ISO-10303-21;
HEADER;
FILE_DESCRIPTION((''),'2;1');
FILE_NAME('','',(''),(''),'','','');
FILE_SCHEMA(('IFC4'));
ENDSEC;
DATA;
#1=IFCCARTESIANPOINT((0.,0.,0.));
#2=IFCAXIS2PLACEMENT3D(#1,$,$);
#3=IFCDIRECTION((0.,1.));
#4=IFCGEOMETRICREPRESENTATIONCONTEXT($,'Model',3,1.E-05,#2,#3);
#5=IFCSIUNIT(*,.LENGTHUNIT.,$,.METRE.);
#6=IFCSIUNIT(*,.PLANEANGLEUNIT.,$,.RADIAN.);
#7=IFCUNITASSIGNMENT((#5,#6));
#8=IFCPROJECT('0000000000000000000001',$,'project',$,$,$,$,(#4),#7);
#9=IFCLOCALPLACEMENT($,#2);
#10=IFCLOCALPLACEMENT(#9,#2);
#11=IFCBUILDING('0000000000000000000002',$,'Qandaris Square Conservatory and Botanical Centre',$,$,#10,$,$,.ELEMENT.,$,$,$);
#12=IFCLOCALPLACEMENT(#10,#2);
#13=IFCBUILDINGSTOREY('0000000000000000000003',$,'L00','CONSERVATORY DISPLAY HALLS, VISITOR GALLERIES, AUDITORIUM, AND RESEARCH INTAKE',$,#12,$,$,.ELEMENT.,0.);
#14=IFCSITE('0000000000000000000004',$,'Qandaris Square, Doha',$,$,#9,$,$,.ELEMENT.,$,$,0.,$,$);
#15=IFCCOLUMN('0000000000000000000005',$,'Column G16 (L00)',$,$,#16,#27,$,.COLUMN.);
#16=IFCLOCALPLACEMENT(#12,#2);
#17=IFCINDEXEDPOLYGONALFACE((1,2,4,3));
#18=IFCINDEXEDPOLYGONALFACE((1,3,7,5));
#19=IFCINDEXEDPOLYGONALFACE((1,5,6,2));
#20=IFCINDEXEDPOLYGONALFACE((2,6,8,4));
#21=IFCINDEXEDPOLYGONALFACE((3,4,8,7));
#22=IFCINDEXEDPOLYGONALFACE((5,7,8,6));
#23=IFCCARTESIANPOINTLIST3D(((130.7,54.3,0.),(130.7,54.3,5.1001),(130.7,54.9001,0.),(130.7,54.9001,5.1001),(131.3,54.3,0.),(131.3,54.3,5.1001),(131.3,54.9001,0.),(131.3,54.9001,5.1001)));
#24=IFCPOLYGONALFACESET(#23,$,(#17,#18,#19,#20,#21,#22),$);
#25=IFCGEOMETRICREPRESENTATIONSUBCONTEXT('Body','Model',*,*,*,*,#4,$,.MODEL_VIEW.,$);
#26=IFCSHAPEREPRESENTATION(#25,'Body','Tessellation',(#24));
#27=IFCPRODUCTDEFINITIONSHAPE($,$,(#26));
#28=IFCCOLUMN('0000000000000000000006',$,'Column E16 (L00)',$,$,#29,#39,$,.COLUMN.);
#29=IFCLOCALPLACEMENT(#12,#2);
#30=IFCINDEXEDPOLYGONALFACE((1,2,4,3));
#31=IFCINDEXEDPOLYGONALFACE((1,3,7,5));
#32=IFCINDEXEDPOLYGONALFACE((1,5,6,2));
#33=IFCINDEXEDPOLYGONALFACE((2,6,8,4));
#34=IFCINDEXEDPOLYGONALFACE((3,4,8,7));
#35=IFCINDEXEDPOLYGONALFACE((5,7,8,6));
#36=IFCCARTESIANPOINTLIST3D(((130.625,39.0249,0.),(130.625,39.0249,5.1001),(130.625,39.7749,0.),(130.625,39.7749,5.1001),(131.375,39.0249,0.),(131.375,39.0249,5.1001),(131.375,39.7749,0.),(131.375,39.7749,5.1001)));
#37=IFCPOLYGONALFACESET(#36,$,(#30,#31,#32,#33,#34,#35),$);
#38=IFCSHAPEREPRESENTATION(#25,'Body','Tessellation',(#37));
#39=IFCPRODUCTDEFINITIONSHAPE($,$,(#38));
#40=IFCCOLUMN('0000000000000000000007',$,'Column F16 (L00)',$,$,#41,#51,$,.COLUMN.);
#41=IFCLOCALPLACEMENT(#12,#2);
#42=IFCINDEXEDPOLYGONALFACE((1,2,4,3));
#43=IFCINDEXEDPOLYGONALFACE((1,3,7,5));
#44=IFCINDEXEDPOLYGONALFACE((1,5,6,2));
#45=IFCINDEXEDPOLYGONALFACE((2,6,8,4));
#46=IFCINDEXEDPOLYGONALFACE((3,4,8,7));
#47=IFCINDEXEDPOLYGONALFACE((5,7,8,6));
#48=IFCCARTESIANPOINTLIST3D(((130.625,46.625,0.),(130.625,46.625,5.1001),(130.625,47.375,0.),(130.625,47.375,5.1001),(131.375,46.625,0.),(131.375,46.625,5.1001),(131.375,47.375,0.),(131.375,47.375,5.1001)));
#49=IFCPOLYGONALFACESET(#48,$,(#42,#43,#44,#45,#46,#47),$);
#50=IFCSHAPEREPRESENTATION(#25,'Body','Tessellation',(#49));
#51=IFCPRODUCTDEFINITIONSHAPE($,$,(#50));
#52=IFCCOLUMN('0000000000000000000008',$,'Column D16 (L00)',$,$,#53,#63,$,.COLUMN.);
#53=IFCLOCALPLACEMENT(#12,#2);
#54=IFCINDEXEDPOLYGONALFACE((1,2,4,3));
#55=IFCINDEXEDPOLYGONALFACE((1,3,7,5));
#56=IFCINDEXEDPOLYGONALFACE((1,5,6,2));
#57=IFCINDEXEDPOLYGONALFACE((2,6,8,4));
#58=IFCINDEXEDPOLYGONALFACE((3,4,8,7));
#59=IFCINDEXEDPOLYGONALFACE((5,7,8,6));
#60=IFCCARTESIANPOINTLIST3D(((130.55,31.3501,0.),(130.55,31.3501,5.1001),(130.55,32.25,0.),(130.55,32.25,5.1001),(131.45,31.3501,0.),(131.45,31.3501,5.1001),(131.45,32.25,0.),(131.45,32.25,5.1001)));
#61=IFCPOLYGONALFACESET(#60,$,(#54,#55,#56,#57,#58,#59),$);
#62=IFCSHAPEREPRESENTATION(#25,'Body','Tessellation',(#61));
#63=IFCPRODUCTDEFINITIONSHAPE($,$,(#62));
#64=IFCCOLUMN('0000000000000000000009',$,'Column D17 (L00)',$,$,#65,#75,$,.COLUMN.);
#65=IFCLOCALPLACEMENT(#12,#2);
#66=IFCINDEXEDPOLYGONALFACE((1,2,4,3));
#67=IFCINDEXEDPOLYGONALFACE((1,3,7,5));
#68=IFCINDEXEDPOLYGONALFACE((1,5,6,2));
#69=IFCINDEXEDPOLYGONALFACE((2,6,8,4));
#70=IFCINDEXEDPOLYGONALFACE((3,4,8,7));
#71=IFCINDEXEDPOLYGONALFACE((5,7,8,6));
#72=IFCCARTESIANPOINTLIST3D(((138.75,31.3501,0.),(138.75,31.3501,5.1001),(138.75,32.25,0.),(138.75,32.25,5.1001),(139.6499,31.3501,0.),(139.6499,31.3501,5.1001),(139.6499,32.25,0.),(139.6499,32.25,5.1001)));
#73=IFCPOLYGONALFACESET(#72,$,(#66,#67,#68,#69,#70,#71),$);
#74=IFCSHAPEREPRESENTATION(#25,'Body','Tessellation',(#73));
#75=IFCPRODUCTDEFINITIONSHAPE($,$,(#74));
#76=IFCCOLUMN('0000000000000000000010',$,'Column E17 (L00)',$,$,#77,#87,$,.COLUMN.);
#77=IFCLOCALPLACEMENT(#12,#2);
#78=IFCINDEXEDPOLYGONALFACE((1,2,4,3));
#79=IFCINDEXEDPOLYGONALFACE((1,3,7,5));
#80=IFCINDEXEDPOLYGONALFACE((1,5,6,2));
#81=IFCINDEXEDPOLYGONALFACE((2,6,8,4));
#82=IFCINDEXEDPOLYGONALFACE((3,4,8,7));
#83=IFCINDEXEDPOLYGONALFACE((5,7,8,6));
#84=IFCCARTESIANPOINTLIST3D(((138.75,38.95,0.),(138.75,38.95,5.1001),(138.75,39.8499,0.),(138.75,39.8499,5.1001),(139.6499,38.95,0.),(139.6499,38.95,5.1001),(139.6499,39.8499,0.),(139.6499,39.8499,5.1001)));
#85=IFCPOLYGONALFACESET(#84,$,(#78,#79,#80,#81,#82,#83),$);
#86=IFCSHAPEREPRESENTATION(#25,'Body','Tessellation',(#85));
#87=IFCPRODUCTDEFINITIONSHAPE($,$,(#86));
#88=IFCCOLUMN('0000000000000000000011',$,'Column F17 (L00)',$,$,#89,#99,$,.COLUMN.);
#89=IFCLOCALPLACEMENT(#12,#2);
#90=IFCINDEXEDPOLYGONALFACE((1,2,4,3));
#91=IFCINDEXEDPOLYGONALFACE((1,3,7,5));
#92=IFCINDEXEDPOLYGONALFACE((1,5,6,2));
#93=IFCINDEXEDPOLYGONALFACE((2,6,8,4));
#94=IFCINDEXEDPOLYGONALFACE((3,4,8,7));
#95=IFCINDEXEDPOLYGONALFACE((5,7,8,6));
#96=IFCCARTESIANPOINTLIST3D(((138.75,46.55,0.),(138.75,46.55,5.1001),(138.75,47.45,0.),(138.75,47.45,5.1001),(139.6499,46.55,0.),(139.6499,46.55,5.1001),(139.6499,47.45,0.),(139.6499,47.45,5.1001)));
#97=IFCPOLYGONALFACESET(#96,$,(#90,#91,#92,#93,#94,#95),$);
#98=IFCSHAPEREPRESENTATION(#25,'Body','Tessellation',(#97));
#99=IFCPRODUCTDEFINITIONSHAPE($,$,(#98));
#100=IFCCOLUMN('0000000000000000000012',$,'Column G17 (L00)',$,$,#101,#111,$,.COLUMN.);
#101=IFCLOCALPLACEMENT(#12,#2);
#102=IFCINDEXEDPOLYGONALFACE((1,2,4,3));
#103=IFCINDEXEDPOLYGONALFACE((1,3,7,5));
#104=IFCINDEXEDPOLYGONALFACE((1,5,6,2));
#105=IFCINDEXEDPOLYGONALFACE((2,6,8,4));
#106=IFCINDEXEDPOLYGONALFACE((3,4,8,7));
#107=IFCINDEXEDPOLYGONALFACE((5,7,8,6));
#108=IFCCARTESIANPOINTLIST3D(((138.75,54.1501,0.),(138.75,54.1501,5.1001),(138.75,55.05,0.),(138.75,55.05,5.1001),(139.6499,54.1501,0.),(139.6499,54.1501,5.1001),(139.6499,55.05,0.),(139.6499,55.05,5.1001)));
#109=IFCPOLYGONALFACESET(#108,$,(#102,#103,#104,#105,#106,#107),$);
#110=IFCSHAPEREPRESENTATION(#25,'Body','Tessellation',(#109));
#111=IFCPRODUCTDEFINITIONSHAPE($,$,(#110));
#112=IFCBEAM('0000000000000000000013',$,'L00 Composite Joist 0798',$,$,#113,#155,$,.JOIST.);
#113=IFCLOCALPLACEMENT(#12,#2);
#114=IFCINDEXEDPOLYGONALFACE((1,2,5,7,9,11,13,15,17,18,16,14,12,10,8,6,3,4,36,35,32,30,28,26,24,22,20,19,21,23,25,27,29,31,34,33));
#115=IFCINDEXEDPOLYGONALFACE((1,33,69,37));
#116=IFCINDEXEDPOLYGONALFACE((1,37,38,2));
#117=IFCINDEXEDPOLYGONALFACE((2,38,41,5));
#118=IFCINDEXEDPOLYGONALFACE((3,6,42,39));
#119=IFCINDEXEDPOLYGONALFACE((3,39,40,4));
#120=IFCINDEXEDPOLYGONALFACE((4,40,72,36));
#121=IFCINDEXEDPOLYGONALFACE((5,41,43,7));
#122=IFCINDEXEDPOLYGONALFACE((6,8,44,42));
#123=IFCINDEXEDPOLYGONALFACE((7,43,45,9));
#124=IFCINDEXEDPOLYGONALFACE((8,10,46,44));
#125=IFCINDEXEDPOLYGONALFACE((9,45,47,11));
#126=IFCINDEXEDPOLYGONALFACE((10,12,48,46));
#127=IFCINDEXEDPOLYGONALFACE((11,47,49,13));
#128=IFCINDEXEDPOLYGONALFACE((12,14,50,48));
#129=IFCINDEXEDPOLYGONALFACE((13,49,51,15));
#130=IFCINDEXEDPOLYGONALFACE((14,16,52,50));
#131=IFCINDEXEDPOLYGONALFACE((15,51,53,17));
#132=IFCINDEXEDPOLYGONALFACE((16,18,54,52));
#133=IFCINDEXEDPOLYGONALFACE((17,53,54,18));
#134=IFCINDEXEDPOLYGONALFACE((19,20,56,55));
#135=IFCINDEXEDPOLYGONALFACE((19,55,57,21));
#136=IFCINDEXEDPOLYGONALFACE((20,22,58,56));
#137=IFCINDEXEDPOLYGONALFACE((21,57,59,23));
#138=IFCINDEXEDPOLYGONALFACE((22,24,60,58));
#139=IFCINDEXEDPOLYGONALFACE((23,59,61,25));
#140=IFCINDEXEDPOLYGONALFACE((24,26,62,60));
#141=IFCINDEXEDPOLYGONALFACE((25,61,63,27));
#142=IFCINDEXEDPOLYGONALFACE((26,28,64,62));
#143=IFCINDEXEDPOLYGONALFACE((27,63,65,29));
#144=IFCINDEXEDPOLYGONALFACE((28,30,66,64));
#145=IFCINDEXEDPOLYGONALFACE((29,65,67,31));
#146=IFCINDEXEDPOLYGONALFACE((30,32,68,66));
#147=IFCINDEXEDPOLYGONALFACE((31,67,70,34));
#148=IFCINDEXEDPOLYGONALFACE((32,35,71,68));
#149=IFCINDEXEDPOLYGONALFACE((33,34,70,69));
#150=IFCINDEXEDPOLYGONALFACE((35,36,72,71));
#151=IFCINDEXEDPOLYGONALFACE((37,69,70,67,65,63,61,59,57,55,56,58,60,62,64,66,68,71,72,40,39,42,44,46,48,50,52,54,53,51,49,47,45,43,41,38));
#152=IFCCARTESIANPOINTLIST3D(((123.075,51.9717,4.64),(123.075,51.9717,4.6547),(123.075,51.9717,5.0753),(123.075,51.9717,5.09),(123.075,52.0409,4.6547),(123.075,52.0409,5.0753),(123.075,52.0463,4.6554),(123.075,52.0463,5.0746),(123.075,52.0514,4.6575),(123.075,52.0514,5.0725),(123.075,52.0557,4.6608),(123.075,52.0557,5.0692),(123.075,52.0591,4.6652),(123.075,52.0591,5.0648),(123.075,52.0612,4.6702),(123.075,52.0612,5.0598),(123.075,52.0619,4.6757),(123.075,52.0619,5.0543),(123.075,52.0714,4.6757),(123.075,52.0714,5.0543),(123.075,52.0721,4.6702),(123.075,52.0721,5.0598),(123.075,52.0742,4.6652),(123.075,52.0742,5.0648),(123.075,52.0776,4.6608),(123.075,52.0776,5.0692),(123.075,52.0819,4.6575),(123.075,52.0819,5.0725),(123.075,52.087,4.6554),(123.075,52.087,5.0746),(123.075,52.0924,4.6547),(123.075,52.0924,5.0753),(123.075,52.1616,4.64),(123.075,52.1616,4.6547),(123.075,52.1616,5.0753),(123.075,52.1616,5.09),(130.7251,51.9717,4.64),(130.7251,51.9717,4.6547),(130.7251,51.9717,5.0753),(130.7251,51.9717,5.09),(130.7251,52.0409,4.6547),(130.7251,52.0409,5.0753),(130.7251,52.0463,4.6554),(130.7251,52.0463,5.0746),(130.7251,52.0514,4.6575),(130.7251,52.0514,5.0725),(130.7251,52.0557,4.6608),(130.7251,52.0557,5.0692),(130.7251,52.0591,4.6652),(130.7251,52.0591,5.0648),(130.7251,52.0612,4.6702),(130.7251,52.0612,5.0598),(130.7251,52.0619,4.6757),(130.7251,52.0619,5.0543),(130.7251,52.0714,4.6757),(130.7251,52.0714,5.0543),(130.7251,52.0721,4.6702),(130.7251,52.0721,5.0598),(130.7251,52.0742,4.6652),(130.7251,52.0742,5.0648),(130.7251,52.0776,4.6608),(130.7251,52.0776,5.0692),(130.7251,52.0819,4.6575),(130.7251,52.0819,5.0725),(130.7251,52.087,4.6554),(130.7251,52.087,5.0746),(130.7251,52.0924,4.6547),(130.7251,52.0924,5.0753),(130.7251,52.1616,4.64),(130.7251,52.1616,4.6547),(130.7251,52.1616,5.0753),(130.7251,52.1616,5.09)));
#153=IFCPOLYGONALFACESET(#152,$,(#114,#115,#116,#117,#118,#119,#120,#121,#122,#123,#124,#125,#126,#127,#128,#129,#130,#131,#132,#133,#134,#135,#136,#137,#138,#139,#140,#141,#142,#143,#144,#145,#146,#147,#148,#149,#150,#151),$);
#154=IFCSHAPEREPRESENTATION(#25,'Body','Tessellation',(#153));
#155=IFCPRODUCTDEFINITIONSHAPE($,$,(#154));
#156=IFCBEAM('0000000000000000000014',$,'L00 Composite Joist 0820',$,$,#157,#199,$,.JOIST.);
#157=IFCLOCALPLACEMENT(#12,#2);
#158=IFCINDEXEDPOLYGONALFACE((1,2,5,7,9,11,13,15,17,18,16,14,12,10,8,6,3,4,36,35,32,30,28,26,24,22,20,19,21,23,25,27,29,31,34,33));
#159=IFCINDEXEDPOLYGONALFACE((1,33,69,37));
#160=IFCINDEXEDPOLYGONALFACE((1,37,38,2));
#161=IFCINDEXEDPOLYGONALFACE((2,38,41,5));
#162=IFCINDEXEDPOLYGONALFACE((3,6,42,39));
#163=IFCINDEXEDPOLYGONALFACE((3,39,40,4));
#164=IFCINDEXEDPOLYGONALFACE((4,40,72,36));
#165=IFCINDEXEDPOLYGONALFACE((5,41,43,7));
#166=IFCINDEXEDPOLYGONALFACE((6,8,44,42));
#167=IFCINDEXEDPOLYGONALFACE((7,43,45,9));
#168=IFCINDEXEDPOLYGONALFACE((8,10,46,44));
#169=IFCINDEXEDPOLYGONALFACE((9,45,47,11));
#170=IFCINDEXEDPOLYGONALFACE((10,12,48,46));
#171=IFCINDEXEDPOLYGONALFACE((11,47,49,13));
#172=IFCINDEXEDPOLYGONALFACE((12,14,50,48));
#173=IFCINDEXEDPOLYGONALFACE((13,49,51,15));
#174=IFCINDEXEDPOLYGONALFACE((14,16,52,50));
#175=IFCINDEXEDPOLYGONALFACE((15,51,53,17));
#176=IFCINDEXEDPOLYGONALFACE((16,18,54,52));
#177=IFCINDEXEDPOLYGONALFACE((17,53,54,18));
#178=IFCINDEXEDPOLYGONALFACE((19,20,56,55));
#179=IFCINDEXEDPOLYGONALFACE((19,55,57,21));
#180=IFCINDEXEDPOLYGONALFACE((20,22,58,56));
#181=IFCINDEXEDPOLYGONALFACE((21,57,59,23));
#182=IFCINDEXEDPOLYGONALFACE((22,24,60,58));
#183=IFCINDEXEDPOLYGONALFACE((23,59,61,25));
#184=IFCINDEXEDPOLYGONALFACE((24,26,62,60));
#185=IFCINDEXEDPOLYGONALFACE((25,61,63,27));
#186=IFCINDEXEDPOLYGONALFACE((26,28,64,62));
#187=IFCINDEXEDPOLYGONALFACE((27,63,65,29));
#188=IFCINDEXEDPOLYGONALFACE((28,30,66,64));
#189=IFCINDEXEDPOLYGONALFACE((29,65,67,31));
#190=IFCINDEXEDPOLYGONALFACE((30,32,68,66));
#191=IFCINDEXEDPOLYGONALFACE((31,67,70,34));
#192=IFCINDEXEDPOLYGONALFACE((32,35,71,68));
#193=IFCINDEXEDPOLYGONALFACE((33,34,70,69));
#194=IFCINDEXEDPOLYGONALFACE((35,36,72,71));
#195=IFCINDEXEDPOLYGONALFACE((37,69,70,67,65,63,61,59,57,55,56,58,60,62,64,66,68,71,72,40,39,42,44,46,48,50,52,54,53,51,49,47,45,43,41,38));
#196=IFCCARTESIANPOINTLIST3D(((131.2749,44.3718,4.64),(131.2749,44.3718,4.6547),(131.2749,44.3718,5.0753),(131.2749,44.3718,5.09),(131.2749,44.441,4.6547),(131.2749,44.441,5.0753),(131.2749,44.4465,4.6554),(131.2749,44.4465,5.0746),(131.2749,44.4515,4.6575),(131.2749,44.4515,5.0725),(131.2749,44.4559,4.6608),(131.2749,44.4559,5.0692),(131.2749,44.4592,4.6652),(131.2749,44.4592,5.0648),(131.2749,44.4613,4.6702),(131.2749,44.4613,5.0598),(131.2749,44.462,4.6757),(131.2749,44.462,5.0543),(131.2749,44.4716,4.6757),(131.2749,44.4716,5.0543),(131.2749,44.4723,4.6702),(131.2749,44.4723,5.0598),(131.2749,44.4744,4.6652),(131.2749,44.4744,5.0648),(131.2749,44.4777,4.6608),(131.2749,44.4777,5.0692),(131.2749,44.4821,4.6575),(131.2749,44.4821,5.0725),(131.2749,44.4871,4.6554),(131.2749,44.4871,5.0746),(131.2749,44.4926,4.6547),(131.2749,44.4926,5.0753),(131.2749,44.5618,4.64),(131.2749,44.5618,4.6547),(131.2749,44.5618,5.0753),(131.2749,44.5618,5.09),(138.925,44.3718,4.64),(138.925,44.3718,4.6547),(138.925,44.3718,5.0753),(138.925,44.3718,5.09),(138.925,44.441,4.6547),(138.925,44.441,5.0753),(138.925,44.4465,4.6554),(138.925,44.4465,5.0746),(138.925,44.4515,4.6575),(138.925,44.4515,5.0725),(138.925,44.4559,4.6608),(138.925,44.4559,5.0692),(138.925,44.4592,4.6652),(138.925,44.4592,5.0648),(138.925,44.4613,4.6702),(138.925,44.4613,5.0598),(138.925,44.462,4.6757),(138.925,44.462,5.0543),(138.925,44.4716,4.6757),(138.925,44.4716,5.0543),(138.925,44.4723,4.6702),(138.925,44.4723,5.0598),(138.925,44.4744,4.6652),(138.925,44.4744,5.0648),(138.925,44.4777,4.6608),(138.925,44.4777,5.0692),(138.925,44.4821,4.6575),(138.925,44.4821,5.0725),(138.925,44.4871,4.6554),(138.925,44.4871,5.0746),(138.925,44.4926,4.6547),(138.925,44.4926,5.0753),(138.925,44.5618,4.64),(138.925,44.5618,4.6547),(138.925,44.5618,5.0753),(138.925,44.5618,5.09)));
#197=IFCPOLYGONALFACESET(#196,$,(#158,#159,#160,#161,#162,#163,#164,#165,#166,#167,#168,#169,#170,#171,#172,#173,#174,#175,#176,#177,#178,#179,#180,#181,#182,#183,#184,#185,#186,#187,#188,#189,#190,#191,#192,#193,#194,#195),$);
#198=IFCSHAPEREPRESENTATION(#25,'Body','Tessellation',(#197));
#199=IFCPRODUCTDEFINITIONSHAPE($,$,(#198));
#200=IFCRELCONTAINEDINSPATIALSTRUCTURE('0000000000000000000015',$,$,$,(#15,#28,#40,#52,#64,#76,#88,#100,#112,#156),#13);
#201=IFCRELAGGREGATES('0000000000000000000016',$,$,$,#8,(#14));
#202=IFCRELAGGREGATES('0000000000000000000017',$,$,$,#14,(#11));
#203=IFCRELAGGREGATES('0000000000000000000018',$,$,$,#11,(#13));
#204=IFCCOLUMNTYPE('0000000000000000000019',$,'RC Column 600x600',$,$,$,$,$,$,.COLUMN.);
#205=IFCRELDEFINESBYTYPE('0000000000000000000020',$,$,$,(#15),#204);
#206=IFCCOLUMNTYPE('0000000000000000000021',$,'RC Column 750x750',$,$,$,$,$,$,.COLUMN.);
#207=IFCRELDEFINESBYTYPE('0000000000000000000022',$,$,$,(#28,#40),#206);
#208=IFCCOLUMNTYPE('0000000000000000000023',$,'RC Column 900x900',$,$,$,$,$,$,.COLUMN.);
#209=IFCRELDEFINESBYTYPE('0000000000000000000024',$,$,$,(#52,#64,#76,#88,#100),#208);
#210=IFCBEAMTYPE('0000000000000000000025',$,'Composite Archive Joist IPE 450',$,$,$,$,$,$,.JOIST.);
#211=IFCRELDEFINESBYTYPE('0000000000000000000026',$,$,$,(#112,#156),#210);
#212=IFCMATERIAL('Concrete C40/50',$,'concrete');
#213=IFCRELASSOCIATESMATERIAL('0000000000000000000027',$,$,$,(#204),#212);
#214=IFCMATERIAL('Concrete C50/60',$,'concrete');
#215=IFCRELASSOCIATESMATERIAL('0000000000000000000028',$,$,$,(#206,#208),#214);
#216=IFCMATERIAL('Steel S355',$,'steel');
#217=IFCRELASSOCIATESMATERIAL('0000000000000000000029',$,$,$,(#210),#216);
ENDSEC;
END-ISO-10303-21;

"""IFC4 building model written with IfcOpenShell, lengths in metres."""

from ifc_helpers import new_model, si_unit, direction, frame, origin, origin_2d, place, context, subcontext, project, spatial, rectangle, i_section, extrude, material, material_profile, profile_set, type_object, element, save


model = new_model("IFC4")

# Units and contexts
model_context = context("Model", 3, precision=1e-05, world=origin(), true_north=direction((0.0, 1.0)))
body_context = subcontext(model_context, "Body", "Model", "MODEL_VIEW")
ifc_project = project(units=[si_unit("LENGTHUNIT", "METRE"), si_unit("PLANEANGLEUNIT", "RADIAN")], contexts=[model_context])

# Site, building, storey
site_placement = place(None, origin())
site = spatial("IfcSite", under=ifc_project, at=site_placement, Name="Qandaris Square, Doha", CompositionType="ELEMENT", RefElevation=0.0)
building_placement = place(site_placement, origin())
building = spatial("IfcBuilding", under=site, at=building_placement, Name="Qandaris Square Conservatory and Botanical Centre", CompositionType="ELEMENT")
storey_placement = place(building_placement, origin())
storey = spatial("IfcBuildingStorey", under=building, at=storey_placement, Name="L00", Description="CONSERVATORY DISPLAY HALLS, VISITOR GALLERIES, AUDITORIUM, AND RESEARCH INTAKE", CompositionType="ELEMENT", Elevation=0.0)

# Columns
ifc_material_1 = material(Name="Concrete C40/50", Category="concrete")
ifc_material_profile_1 = material_profile(ifc_material_1, rectangle(XDim=0.6001, YDim=0.6001, at=origin_2d()), Name="RC-COL 600x600")
ifc_profile_set_1 = profile_set([ifc_material_profile_1], Name="Concrete C40/50")
column_type_1 = type_object("IfcColumnType", Name="RC Column 600x600", PredefinedType="COLUMN", material=ifc_profile_set_1)
column_placement = place(storey_placement, frame((131.0, 54.6001, 0.0), z_axis=(0.0, 0.0, 1.0), x_axis=(1.0, 0.0, 0.0)))
element("IfcColumn", 1, at=column_placement, inside=storey, type_object=column_type_1, Name="Column G16 (L00)", PredefinedType="COLUMN", context=body_context, shape_type="SweptSolid", body=[
    extrude(rectangle(XDim=0.6001, YDim=0.6001, at=origin_2d()), origin(), (0.0, 0.0, 1.0), 5.1001),
])
ifc_material_2 = material(Name="Concrete C50/60", Category="concrete")
ifc_material_profile_2 = material_profile(ifc_material_2, rectangle(XDim=0.75, YDim=0.75, at=origin_2d()), Name="RC-COL 750x750")
ifc_profile_set_2 = profile_set([ifc_material_profile_2], Name="Concrete C50/60")
column_type_2 = type_object("IfcColumnType", Name="RC Column 750x750", PredefinedType="COLUMN", material=ifc_profile_set_2)
for number, where, z_axis, x_axis, name in (
    (2, (131.0, 39.3999, 0.0), (0.0, 0.0, 1.0), (1.0, 0.0, 0.0), "Column E16 (L00)"),
    (3, (131.0, 47.0, 0.0), (0.0, 0.0, 1.0), (1.0, 0.0, 0.0), "Column F16 (L00)"),
):
    element("IfcColumn", number, at=place(storey_placement, frame(where, z_axis=z_axis, x_axis=x_axis)), inside=storey, type_object=column_type_2, Name=name, PredefinedType="COLUMN", context=body_context, shape_type="SweptSolid", body=[
        extrude(rectangle(XDim=0.75, YDim=0.75, at=origin_2d()), origin(), (0.0, 0.0, 1.0), 5.1001),
    ])
ifc_material_profile_3 = material_profile(ifc_material_2, rectangle(XDim=0.8999, YDim=0.8999, at=origin_2d()), Name="RC-COL 900x900")
ifc_profile_set_3 = profile_set([ifc_material_profile_3], Name="Concrete C50/60")
column_type_3 = type_object("IfcColumnType", Name="RC Column 900x900", PredefinedType="COLUMN", material=ifc_profile_set_3)
for number, where, z_axis, x_axis, name in (
    (4, (131.0, 31.8, 0.0), (0.0, 0.0, 1.0), (1.0, 0.0, 0.0), "Column D16 (L00)"),
    (5, (139.2, 31.8, 0.0), (0.0, 0.0, 1.0), (1.0, 0.0, 0.0), "Column D17 (L00)"),
    (6, (139.2, 39.3999, 0.0), (0.0, 0.0, 1.0), (1.0, 0.0, 0.0), "Column E17 (L00)"),
    (7, (139.2, 47.0, 0.0), (0.0, 0.0, 1.0), (1.0, 0.0, 0.0), "Column F17 (L00)"),
    (8, (139.2, 54.6001, 0.0), (0.0, 0.0, 1.0), (1.0, 0.0, 0.0), "Column G17 (L00)"),
):
    element("IfcColumn", number, at=place(storey_placement, frame(where, z_axis=z_axis, x_axis=x_axis)), inside=storey, type_object=column_type_3, Name=name, PredefinedType="COLUMN", context=body_context, shape_type="SweptSolid", body=[
        extrude(rectangle(XDim=0.8999, YDim=0.8999, at=origin_2d()), origin(), (0.0, 0.0, 1.0), 5.1001),
    ])

# Beams
ifc_material_3 = material(Name="Steel S355", Category="steel")
ifc_material_profile_4 = material_profile(ifc_material_3, i_section(OverallWidth=0.1899, OverallDepth=0.45, WebThickness=0.0095, FlangeThickness=0.0146, FilletRadius=0.021, at=origin_2d()), Name="IPE 450")
ifc_profile_set_4 = profile_set([ifc_material_profile_4], Name="Steel S355")
beam_type_1 = type_object("IfcBeamType", Name="Composite Archive Joist IPE 450", PredefinedType="JOIST", material=ifc_profile_set_4)
for number, where, z_axis, x_axis, name in (
    (9, (123.075, 52.0667, 4.865), (1.0, 0.0, 0.0), (0.0, 1.0, 0.0), "L00 Composite Joist 0798"),
    (10, (131.2749, 44.4668, 4.865), (1.0, 0.0, 0.0), (0.0, 1.0, 0.0), "L00 Composite Joist 0820"),
):
    element("IfcBeam", number, at=place(storey_placement, frame(where, z_axis=z_axis, x_axis=x_axis)), inside=storey, type_object=beam_type_1, Name=name, PredefinedType="JOIST", context=body_context, shape_type="SweptSolid", body=[
        extrude(i_section(OverallWidth=0.1899, OverallDepth=0.45, WebThickness=0.0095, FlangeThickness=0.0146, FilletRadius=0.021, at=origin_2d()), origin(), (0.0, 0.0, 1.0), 7.6501),
    ])

save(model, "model.ifc")
